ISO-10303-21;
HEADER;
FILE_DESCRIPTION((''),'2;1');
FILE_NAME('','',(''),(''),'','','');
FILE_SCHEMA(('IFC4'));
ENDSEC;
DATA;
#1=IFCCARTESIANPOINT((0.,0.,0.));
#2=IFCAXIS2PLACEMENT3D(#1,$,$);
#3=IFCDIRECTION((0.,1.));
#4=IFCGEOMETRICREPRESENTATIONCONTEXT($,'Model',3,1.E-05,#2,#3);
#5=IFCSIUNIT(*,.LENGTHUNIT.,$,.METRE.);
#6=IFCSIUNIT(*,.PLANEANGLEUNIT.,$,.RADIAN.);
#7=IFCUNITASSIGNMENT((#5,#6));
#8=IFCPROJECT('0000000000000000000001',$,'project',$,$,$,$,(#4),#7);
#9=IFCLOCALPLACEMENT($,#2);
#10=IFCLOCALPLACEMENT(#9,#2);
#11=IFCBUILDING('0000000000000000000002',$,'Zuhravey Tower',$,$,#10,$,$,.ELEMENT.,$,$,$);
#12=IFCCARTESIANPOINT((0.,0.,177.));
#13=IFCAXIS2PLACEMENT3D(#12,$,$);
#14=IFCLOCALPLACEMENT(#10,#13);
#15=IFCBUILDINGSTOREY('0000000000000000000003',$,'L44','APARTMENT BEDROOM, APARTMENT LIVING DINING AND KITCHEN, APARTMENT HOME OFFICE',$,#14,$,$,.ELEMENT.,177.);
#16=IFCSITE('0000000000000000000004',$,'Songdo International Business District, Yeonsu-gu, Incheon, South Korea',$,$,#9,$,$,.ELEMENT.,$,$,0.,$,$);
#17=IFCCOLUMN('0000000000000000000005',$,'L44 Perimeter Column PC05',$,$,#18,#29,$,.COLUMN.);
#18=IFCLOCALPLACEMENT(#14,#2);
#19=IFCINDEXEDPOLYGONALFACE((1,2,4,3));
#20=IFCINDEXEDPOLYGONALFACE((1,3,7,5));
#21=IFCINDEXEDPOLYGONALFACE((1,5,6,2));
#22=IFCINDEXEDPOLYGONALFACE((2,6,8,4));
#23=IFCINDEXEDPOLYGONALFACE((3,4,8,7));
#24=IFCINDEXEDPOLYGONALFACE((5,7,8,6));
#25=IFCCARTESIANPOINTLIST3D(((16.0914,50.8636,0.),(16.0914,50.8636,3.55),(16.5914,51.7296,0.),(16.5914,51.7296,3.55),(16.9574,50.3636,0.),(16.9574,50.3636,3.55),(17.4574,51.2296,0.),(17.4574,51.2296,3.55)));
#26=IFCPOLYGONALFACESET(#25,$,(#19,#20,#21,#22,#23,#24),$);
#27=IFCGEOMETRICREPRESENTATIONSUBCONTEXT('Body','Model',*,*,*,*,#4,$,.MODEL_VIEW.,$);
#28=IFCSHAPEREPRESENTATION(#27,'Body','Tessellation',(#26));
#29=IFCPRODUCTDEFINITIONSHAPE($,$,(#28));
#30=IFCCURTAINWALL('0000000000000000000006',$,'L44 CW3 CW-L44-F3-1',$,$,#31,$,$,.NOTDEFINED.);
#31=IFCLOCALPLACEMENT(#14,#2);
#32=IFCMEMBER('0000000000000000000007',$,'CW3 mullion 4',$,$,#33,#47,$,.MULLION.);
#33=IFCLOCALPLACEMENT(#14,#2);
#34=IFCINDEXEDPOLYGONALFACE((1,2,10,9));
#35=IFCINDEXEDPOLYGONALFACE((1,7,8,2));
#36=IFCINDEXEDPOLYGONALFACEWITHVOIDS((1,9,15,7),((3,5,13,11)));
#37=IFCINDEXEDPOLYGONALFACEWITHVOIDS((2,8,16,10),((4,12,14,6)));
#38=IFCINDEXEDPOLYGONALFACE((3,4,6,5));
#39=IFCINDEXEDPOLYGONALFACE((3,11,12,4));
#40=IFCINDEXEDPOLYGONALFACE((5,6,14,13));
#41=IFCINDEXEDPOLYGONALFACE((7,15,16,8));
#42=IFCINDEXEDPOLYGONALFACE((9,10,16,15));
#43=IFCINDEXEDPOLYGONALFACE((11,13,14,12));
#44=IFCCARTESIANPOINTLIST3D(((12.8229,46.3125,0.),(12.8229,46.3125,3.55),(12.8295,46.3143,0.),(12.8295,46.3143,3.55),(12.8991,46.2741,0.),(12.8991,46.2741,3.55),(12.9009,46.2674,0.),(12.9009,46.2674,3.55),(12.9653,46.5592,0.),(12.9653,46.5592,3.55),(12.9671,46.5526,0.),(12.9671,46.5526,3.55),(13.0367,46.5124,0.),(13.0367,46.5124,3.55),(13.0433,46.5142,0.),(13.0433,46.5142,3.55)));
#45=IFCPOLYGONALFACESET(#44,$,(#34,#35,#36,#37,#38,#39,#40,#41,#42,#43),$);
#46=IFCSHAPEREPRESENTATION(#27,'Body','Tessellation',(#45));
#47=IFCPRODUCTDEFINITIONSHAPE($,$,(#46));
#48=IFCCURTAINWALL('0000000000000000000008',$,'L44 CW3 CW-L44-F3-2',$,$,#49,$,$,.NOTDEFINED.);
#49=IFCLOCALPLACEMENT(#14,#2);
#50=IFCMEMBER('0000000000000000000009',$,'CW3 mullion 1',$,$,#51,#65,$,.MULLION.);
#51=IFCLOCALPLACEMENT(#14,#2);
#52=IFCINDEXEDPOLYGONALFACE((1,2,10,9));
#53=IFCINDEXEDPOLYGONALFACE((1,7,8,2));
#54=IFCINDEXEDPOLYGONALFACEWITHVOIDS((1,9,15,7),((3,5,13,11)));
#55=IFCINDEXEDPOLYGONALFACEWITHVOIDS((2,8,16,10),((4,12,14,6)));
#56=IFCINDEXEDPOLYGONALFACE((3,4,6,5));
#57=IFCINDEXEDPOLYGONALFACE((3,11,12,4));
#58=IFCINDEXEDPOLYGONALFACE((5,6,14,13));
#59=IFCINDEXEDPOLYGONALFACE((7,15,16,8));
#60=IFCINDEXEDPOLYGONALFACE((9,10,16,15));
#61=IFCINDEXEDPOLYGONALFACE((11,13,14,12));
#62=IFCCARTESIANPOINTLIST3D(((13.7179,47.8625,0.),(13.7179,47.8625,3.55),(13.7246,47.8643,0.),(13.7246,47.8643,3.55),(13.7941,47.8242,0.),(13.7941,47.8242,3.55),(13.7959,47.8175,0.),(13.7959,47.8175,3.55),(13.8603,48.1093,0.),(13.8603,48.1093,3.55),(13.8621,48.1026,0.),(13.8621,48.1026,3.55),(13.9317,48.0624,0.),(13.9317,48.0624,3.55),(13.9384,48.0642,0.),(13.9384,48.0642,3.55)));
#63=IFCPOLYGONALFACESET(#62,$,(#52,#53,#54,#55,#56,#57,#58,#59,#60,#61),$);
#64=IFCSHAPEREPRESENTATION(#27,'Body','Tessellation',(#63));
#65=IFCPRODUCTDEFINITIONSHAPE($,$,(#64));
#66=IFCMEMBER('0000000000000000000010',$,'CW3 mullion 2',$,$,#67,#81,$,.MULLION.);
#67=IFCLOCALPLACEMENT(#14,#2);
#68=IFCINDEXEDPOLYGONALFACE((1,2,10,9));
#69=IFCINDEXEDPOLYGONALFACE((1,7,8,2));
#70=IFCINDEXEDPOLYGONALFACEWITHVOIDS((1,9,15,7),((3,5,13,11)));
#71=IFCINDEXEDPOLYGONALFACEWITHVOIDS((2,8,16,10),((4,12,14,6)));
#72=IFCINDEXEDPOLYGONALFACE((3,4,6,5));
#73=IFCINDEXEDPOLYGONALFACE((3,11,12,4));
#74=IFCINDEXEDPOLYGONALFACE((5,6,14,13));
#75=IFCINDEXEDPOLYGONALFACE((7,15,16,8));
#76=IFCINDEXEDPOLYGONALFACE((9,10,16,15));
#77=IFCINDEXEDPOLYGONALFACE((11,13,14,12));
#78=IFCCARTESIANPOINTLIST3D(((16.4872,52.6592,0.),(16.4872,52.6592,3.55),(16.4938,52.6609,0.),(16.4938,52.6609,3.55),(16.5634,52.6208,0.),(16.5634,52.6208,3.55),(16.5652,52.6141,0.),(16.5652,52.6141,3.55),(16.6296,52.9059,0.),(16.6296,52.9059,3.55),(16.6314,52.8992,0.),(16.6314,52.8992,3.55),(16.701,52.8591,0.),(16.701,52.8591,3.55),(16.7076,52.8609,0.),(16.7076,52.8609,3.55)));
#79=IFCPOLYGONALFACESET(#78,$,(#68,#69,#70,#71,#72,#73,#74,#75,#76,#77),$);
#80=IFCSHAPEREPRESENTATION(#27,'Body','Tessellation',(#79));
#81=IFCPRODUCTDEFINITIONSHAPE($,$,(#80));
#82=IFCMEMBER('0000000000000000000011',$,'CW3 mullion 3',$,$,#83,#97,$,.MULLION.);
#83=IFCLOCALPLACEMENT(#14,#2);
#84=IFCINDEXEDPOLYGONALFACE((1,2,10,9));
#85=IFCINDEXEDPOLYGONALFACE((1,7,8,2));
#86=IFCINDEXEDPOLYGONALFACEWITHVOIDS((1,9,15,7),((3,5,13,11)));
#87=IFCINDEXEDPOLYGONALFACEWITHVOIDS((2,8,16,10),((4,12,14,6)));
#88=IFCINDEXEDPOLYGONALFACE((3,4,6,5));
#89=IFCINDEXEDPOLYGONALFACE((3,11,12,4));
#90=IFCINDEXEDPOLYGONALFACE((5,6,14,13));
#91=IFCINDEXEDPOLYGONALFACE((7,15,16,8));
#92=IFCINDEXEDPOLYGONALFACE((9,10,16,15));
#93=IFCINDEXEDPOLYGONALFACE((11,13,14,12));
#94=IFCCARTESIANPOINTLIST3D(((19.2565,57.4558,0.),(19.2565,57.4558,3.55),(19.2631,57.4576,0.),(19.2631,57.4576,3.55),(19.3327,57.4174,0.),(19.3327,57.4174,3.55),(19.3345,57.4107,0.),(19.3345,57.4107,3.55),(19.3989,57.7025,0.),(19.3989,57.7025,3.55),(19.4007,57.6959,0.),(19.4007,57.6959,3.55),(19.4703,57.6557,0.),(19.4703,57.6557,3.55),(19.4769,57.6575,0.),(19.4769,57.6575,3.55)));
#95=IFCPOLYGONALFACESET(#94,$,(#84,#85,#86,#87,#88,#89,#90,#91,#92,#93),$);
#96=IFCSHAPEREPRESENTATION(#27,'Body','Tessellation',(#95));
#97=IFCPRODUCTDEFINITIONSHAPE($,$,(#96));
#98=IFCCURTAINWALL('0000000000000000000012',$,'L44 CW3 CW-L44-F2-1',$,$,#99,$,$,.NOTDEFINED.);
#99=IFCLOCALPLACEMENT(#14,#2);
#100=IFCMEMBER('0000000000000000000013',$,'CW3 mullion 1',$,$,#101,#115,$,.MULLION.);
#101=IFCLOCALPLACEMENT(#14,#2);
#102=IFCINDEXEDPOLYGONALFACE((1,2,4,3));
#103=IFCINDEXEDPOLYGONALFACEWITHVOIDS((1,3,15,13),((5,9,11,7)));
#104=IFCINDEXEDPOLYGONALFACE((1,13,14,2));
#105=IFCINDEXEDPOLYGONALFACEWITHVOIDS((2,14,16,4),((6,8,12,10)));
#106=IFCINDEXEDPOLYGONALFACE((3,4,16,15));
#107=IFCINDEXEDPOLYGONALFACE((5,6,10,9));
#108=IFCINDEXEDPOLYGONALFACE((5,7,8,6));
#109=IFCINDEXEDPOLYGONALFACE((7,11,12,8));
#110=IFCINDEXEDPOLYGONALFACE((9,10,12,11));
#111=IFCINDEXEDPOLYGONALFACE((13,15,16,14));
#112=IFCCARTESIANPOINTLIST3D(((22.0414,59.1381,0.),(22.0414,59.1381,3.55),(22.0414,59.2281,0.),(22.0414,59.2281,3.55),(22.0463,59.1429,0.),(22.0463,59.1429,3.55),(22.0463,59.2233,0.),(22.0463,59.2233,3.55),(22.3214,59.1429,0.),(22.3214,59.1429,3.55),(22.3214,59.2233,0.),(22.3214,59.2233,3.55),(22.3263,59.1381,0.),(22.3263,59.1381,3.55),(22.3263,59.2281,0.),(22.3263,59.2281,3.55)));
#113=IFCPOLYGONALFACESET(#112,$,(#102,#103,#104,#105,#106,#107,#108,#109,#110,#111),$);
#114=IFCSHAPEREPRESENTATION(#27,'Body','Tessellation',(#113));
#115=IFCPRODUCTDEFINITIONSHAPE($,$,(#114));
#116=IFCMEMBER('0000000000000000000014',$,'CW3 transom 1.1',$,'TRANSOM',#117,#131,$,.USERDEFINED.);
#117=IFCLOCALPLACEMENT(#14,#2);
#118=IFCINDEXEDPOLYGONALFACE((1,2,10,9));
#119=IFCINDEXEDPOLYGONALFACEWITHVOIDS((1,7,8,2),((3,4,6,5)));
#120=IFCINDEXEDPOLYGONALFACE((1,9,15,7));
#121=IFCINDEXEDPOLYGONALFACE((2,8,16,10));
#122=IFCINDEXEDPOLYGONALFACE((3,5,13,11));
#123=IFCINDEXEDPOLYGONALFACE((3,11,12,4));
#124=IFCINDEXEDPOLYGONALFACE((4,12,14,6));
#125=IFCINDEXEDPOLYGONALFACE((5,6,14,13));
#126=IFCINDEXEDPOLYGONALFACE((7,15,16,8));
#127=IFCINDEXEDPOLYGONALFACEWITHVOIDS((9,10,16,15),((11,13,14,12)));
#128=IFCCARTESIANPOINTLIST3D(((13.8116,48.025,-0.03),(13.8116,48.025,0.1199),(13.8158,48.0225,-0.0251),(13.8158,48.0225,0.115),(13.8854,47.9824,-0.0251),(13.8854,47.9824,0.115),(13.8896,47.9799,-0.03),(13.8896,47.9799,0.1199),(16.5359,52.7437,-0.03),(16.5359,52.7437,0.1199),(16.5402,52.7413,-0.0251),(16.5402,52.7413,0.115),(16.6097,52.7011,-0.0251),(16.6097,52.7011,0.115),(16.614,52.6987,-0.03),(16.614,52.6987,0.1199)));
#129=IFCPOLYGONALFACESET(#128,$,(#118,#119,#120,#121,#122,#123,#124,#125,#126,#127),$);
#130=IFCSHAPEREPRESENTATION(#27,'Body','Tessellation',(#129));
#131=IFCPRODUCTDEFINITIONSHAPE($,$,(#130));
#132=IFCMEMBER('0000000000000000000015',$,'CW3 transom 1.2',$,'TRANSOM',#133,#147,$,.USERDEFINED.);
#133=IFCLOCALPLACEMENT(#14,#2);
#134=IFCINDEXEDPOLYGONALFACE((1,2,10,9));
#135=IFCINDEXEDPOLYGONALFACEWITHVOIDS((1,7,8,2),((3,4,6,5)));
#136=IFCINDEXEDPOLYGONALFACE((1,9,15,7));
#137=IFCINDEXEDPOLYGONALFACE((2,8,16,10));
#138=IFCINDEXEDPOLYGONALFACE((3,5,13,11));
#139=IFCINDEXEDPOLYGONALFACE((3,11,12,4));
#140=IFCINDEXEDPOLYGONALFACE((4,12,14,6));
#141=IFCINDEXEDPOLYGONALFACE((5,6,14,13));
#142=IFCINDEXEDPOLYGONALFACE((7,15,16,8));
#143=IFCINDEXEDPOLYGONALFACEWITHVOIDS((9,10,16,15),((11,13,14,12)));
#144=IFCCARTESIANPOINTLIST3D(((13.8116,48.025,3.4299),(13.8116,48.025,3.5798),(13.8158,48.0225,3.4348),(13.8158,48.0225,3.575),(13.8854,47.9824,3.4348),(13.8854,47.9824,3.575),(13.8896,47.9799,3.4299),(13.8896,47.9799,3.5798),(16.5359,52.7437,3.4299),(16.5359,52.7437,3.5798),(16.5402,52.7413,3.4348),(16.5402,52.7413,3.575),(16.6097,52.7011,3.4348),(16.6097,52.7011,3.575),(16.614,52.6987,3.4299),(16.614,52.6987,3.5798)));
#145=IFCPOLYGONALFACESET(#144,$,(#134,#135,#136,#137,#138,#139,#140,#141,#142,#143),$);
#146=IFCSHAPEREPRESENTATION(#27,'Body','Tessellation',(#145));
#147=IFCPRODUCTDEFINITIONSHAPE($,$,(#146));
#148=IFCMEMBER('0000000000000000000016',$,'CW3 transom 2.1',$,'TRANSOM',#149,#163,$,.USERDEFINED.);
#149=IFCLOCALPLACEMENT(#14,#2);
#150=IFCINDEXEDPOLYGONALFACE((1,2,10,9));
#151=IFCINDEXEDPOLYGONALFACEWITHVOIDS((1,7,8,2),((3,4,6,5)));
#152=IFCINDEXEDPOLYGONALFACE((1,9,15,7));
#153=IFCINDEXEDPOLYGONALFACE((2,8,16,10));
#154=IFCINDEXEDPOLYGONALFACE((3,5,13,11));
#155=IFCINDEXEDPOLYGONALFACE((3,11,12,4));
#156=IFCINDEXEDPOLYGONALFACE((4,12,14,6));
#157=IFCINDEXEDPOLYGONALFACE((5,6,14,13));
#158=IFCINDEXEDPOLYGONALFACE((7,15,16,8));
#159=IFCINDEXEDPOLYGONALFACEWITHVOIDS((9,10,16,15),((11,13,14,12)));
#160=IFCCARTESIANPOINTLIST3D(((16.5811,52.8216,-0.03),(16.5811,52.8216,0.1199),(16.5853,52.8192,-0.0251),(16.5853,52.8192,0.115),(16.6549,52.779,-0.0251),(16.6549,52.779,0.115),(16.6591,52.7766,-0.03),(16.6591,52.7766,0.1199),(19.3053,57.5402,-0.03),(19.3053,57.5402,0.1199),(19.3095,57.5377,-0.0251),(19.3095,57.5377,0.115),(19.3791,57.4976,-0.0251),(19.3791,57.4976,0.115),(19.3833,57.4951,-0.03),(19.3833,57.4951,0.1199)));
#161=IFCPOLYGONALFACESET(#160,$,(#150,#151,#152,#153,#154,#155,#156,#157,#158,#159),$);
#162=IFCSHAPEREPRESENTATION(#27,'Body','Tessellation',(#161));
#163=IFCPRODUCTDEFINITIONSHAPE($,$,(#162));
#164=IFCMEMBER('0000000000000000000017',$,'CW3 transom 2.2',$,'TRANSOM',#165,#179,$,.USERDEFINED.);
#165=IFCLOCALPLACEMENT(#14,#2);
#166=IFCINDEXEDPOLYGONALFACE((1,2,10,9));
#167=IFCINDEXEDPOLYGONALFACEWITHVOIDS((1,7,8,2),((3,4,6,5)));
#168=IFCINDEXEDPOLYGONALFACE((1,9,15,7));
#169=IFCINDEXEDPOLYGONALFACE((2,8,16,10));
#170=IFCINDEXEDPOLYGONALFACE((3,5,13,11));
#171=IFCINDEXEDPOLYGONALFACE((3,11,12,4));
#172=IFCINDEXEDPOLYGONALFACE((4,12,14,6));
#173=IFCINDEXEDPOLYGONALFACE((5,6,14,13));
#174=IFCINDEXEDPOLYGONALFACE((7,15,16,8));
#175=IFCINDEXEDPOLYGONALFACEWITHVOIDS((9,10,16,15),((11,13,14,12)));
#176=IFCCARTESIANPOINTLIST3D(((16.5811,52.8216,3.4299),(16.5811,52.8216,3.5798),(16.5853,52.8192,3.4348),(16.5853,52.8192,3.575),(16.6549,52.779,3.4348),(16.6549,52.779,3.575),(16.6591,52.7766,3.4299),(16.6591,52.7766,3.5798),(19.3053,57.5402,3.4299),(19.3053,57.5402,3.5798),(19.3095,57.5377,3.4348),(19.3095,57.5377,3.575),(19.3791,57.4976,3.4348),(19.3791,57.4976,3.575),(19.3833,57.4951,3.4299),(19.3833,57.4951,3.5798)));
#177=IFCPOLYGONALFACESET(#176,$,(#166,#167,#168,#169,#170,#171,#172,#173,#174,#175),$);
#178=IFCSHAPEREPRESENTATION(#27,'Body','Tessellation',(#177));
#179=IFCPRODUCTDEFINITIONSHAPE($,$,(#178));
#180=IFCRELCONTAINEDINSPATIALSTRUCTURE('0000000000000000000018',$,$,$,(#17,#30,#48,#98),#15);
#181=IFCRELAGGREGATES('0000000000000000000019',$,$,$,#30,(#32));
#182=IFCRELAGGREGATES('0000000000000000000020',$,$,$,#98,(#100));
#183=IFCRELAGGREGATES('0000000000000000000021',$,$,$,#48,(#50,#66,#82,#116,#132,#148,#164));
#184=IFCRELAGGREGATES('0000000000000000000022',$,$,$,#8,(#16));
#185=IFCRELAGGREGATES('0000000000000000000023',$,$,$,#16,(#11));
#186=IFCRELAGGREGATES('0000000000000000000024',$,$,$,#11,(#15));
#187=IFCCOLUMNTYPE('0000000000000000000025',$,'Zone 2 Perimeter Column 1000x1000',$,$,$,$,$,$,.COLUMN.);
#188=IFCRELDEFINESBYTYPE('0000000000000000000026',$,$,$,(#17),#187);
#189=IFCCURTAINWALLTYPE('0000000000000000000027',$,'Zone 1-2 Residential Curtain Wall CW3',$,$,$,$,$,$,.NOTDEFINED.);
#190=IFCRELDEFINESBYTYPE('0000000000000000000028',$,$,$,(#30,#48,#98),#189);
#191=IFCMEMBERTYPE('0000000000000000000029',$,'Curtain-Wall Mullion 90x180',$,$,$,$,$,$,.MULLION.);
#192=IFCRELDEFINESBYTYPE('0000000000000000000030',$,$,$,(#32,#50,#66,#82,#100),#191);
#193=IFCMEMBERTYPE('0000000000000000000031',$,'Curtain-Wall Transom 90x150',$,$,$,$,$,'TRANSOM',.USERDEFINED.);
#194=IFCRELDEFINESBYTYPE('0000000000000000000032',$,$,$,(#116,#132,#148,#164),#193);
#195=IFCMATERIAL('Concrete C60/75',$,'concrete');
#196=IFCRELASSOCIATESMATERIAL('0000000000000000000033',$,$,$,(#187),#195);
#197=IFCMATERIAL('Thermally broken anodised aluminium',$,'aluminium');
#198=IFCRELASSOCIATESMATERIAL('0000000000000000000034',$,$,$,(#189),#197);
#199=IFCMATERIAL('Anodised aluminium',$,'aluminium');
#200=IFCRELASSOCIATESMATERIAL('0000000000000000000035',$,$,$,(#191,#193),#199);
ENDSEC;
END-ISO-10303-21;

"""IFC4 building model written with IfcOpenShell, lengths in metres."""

from ifc_helpers import new_model, si_unit, direction, frame, origin, origin_2d, place, context, subcontext, project, spatial, rectangle, hollow_rectangle, extrude, material, material_profile, profile_set, type_object, element, aggregate, save


model = new_model("IFC4")

# Units and contexts
model_context = context("Model", 3, precision=1e-05, world=origin(), true_north=direction((0.0, 1.0)))
body_context = subcontext(model_context, "Body", "Model", "MODEL_VIEW")
ifc_project = project(units=[si_unit("LENGTHUNIT", "METRE"), si_unit("PLANEANGLEUNIT", "RADIAN")], contexts=[model_context])

# Site, building, storey
site_placement = place(None, origin())
site = spatial("IfcSite", under=ifc_project, at=site_placement, Name="Songdo International Business District, Yeonsu-gu, Incheon, South Korea", CompositionType="ELEMENT", RefElevation=0.0)
building_placement = place(site_placement, origin())
building = spatial("IfcBuilding", under=site, at=building_placement, Name="Zuhravey Tower", CompositionType="ELEMENT")
storey_placement = place(building_placement, frame((0.0, 0.0, 177.0)))
storey = spatial("IfcBuildingStorey", under=building, at=storey_placement, Name="L44", Description="APARTMENT BEDROOM, APARTMENT LIVING DINING AND KITCHEN, APARTMENT HOME OFFICE", CompositionType="ELEMENT", Elevation=177.0)

# Column
ifc_material_1 = material(Name="Concrete C60/75", Category="concrete")
ifc_material_profile_1 = material_profile(ifc_material_1, rectangle(XDim=1.0, YDim=1.0, at=origin_2d()), Name="RC-1000x1000")
ifc_profile_set_1 = profile_set([ifc_material_profile_1], Name="Concrete C60/75")
column_type = type_object("IfcColumnType", Name="Zone 2 Perimeter Column 1000x1000", PredefinedType="COLUMN", material=ifc_profile_set_1)
column_placement = place(storey_placement, frame((16.7744, 51.0466, 0.0), z_axis=(0.0, 0.0, 1.0), x_axis=(-0.5, -0.866025, 0.0)))
element("IfcColumn", 1, at=column_placement, inside=storey, type_object=column_type, Name="L44 Perimeter Column PC05", PredefinedType="COLUMN", context=body_context, shape_type="SweptSolid", body=[
    extrude(rectangle(XDim=1.0, YDim=1.0, at=origin_2d()), origin(), (0.0, 0.0, 1.0), 3.55),
])

# Curtain wall, member
ifc_material_2 = material(Name="Thermally broken anodised aluminium", Category="aluminium")
curtain_wall_type = type_object("IfcCurtainWallType", Name="Zone 1-2 Residential Curtain Wall CW3", PredefinedType="NOTDEFINED", material=ifc_material_2)
curtain_wall_1_placement = place(storey_placement, origin())
curtain_wall_1 = element("IfcCurtainWall", 2, at=curtain_wall_1_placement, inside=storey, type_object=curtain_wall_type, Name="L44 CW3 CW-L44-F3-1", PredefinedType="NOTDEFINED")
ifc_material_3 = material(Name="Anodised aluminium", Category="aluminium")
ifc_material_profile_2 = material_profile(ifc_material_3, hollow_rectangle(XDim=0.0901, YDim=0.2849, WallThickness=0.0049, at=origin_2d()), Name="ALU-RHS-90x285x5")
ifc_profile_set_2 = profile_set([ifc_material_profile_2], Name="Anodised aluminium")
member_type_1 = type_object("IfcMemberType", Name="Curtain-Wall Mullion 90x180", PredefinedType="MULLION", material=ifc_profile_set_2)
member_1_placement = place(storey_placement, frame((12.9331, 46.4133, 0.0), z_axis=(0.0, 0.0, 1.0), x_axis=(-0.866025, 0.5, 0.0)))
member_1 = element("IfcMember", 3, at=member_1_placement, type_object=member_type_1, Name="CW3 mullion 4", PredefinedType="MULLION", context=body_context, shape_type="SweptSolid", body=[
    extrude(hollow_rectangle(XDim=0.0901, YDim=0.2849, WallThickness=0.0049, at=origin_2d()), origin(), (0.0, 0.0, 1.0), 3.55),
])
aggregate(curtain_wall_1, [member_1])

# Curtain wall, members
curtain_wall_2_placement = place(storey_placement, origin())
curtain_wall_2 = element("IfcCurtainWall", 4, at=curtain_wall_2_placement, inside=storey, type_object=curtain_wall_type, Name="L44 CW3 CW-L44-F3-2", PredefinedType="NOTDEFINED")
member_2_placement = place(storey_placement, frame((13.8281, 47.9634, 0.0), z_axis=(0.0, 0.0, 1.0), x_axis=(-0.866026, 0.499999, 0.0)))
member_2 = element("IfcMember", 5, at=member_2_placement, type_object=member_type_1, Name="CW3 mullion 1", PredefinedType="MULLION", context=body_context, shape_type="SweptSolid", body=[
    extrude(hollow_rectangle(XDim=0.0901, YDim=0.2849, WallThickness=0.0049, at=origin_2d()), origin(), (0.0, 0.0, 1.0), 3.55),
])
member_3_placement = place(storey_placement, frame((16.5974, 52.76, 0.0), z_axis=(0.0, 0.0, 1.0), x_axis=(-0.866026, 0.499999, 0.0)))
member_3 = element("IfcMember", 6, at=member_3_placement, type_object=member_type_1, Name="CW3 mullion 2", PredefinedType="MULLION", context=body_context, shape_type="SweptSolid", body=[
    extrude(hollow_rectangle(XDim=0.0901, YDim=0.2849, WallThickness=0.0049, at=origin_2d()), origin(), (0.0, 0.0, 1.0), 3.55),
])
member_4_placement = place(storey_placement, frame((19.3667, 57.5566, 0.0), z_axis=(0.0, 0.0, 1.0), x_axis=(-0.866026, 0.499999, 0.0)))
member_4 = element("IfcMember", 7, at=member_4_placement, type_object=member_type_1, Name="CW3 mullion 3", PredefinedType="MULLION", context=body_context, shape_type="SweptSolid", body=[
    extrude(hollow_rectangle(XDim=0.0901, YDim=0.2849, WallThickness=0.0049, at=origin_2d()), origin(), (0.0, 0.0, 1.0), 3.55),
])

# Curtain wall, member
curtain_wall_3_placement = place(storey_placement, origin())
curtain_wall_3 = element("IfcCurtainWall", 8, at=curtain_wall_3_placement, inside=storey, type_object=curtain_wall_type, Name="L44 CW3 CW-L44-F2-1", PredefinedType="NOTDEFINED")
member_5_placement = place(storey_placement, frame((22.1838, 59.1831, 0.0), z_axis=(0.0, 0.0, 1.0), x_axis=(0.0, 1.0, 0.0)))
member_5 = element("IfcMember", 9, at=member_5_placement, type_object=member_type_1, Name="CW3 mullion 1", PredefinedType="MULLION", context=body_context, shape_type="SweptSolid", body=[
    extrude(hollow_rectangle(XDim=0.0901, YDim=0.2849, WallThickness=0.0049, at=origin_2d()), origin(), (0.0, 0.0, 1.0), 3.55),
])
aggregate(curtain_wall_3, [member_5])

# Members
ifc_material_profile_3 = material_profile(ifc_material_3, hollow_rectangle(XDim=0.0901, YDim=0.1499, WallThickness=0.0049, at=origin_2d()), Name="ALU-RHS-90x150x5")
ifc_profile_set_3 = profile_set([ifc_material_profile_3], Name="Anodised aluminium")
member_type_2 = type_object("IfcMemberType", Name="Curtain-Wall Transom 90x150", ElementType="TRANSOM", PredefinedType="USERDEFINED", material=ifc_profile_set_3)
member_6_placement = place(storey_placement, frame((13.8506, 48.0024, 0.0449), z_axis=(0.499999, 0.866026, 0.0), x_axis=(-0.866026, 0.499999, 0.0)))
member_6 = element("IfcMember", 10, at=member_6_placement, type_object=member_type_2, Name="CW3 transom 1.1", ObjectType="TRANSOM", PredefinedType="USERDEFINED", context=body_context, shape_type="SweptSolid", body=[
    extrude(hollow_rectangle(XDim=0.0901, YDim=0.1499, WallThickness=0.0049, at=origin_2d()), origin(), (0.0, 0.0, 1.0), 5.4487),
])
member_7_placement = place(storey_placement, frame((13.8506, 48.0024, 3.5049), z_axis=(0.499999, 0.866026, 0.0), x_axis=(-0.866026, 0.499999, 0.0)))
member_7 = element("IfcMember", 11, at=member_7_placement, type_object=member_type_2, Name="CW3 transom 1.2", ObjectType="TRANSOM", PredefinedType="USERDEFINED", context=body_context, shape_type="SweptSolid", body=[
    extrude(hollow_rectangle(XDim=0.0901, YDim=0.1499, WallThickness=0.0049, at=origin_2d()), origin(), (0.0, 0.0, 1.0), 5.4487),
])
member_8_placement = place(storey_placement, frame((16.6201, 52.7991, 0.0449), z_axis=(0.499985, 0.866034, 0.0), x_axis=(-0.866034, 0.499985, 0.0)))
member_8 = element("IfcMember", 12, at=member_8_placement, type_object=member_type_2, Name="CW3 transom 2.1", ObjectType="TRANSOM", PredefinedType="USERDEFINED", context=body_context, shape_type="SweptSolid", body=[
    extrude(hollow_rectangle(XDim=0.0901, YDim=0.1499, WallThickness=0.0049, at=origin_2d()), origin(), (0.0, 0.0, 1.0), 5.4485),
])
member_9_placement = place(storey_placement, frame((16.6201, 52.7991, 3.5049), z_axis=(0.499985, 0.866034, 0.0), x_axis=(-0.866034, 0.499985, 0.0)))
member_9 = element("IfcMember", 13, at=member_9_placement, type_object=member_type_2, Name="CW3 transom 2.2", ObjectType="TRANSOM", PredefinedType="USERDEFINED", context=body_context, shape_type="SweptSolid", body=[
    extrude(hollow_rectangle(XDim=0.0901, YDim=0.1499, WallThickness=0.0049, at=origin_2d()), origin(), (0.0, 0.0, 1.0), 5.4485),
])

aggregate(curtain_wall_2, [member_2, member_3, member_4, member_6, member_7, member_8, member_9])

save(model, "model.ifc")
